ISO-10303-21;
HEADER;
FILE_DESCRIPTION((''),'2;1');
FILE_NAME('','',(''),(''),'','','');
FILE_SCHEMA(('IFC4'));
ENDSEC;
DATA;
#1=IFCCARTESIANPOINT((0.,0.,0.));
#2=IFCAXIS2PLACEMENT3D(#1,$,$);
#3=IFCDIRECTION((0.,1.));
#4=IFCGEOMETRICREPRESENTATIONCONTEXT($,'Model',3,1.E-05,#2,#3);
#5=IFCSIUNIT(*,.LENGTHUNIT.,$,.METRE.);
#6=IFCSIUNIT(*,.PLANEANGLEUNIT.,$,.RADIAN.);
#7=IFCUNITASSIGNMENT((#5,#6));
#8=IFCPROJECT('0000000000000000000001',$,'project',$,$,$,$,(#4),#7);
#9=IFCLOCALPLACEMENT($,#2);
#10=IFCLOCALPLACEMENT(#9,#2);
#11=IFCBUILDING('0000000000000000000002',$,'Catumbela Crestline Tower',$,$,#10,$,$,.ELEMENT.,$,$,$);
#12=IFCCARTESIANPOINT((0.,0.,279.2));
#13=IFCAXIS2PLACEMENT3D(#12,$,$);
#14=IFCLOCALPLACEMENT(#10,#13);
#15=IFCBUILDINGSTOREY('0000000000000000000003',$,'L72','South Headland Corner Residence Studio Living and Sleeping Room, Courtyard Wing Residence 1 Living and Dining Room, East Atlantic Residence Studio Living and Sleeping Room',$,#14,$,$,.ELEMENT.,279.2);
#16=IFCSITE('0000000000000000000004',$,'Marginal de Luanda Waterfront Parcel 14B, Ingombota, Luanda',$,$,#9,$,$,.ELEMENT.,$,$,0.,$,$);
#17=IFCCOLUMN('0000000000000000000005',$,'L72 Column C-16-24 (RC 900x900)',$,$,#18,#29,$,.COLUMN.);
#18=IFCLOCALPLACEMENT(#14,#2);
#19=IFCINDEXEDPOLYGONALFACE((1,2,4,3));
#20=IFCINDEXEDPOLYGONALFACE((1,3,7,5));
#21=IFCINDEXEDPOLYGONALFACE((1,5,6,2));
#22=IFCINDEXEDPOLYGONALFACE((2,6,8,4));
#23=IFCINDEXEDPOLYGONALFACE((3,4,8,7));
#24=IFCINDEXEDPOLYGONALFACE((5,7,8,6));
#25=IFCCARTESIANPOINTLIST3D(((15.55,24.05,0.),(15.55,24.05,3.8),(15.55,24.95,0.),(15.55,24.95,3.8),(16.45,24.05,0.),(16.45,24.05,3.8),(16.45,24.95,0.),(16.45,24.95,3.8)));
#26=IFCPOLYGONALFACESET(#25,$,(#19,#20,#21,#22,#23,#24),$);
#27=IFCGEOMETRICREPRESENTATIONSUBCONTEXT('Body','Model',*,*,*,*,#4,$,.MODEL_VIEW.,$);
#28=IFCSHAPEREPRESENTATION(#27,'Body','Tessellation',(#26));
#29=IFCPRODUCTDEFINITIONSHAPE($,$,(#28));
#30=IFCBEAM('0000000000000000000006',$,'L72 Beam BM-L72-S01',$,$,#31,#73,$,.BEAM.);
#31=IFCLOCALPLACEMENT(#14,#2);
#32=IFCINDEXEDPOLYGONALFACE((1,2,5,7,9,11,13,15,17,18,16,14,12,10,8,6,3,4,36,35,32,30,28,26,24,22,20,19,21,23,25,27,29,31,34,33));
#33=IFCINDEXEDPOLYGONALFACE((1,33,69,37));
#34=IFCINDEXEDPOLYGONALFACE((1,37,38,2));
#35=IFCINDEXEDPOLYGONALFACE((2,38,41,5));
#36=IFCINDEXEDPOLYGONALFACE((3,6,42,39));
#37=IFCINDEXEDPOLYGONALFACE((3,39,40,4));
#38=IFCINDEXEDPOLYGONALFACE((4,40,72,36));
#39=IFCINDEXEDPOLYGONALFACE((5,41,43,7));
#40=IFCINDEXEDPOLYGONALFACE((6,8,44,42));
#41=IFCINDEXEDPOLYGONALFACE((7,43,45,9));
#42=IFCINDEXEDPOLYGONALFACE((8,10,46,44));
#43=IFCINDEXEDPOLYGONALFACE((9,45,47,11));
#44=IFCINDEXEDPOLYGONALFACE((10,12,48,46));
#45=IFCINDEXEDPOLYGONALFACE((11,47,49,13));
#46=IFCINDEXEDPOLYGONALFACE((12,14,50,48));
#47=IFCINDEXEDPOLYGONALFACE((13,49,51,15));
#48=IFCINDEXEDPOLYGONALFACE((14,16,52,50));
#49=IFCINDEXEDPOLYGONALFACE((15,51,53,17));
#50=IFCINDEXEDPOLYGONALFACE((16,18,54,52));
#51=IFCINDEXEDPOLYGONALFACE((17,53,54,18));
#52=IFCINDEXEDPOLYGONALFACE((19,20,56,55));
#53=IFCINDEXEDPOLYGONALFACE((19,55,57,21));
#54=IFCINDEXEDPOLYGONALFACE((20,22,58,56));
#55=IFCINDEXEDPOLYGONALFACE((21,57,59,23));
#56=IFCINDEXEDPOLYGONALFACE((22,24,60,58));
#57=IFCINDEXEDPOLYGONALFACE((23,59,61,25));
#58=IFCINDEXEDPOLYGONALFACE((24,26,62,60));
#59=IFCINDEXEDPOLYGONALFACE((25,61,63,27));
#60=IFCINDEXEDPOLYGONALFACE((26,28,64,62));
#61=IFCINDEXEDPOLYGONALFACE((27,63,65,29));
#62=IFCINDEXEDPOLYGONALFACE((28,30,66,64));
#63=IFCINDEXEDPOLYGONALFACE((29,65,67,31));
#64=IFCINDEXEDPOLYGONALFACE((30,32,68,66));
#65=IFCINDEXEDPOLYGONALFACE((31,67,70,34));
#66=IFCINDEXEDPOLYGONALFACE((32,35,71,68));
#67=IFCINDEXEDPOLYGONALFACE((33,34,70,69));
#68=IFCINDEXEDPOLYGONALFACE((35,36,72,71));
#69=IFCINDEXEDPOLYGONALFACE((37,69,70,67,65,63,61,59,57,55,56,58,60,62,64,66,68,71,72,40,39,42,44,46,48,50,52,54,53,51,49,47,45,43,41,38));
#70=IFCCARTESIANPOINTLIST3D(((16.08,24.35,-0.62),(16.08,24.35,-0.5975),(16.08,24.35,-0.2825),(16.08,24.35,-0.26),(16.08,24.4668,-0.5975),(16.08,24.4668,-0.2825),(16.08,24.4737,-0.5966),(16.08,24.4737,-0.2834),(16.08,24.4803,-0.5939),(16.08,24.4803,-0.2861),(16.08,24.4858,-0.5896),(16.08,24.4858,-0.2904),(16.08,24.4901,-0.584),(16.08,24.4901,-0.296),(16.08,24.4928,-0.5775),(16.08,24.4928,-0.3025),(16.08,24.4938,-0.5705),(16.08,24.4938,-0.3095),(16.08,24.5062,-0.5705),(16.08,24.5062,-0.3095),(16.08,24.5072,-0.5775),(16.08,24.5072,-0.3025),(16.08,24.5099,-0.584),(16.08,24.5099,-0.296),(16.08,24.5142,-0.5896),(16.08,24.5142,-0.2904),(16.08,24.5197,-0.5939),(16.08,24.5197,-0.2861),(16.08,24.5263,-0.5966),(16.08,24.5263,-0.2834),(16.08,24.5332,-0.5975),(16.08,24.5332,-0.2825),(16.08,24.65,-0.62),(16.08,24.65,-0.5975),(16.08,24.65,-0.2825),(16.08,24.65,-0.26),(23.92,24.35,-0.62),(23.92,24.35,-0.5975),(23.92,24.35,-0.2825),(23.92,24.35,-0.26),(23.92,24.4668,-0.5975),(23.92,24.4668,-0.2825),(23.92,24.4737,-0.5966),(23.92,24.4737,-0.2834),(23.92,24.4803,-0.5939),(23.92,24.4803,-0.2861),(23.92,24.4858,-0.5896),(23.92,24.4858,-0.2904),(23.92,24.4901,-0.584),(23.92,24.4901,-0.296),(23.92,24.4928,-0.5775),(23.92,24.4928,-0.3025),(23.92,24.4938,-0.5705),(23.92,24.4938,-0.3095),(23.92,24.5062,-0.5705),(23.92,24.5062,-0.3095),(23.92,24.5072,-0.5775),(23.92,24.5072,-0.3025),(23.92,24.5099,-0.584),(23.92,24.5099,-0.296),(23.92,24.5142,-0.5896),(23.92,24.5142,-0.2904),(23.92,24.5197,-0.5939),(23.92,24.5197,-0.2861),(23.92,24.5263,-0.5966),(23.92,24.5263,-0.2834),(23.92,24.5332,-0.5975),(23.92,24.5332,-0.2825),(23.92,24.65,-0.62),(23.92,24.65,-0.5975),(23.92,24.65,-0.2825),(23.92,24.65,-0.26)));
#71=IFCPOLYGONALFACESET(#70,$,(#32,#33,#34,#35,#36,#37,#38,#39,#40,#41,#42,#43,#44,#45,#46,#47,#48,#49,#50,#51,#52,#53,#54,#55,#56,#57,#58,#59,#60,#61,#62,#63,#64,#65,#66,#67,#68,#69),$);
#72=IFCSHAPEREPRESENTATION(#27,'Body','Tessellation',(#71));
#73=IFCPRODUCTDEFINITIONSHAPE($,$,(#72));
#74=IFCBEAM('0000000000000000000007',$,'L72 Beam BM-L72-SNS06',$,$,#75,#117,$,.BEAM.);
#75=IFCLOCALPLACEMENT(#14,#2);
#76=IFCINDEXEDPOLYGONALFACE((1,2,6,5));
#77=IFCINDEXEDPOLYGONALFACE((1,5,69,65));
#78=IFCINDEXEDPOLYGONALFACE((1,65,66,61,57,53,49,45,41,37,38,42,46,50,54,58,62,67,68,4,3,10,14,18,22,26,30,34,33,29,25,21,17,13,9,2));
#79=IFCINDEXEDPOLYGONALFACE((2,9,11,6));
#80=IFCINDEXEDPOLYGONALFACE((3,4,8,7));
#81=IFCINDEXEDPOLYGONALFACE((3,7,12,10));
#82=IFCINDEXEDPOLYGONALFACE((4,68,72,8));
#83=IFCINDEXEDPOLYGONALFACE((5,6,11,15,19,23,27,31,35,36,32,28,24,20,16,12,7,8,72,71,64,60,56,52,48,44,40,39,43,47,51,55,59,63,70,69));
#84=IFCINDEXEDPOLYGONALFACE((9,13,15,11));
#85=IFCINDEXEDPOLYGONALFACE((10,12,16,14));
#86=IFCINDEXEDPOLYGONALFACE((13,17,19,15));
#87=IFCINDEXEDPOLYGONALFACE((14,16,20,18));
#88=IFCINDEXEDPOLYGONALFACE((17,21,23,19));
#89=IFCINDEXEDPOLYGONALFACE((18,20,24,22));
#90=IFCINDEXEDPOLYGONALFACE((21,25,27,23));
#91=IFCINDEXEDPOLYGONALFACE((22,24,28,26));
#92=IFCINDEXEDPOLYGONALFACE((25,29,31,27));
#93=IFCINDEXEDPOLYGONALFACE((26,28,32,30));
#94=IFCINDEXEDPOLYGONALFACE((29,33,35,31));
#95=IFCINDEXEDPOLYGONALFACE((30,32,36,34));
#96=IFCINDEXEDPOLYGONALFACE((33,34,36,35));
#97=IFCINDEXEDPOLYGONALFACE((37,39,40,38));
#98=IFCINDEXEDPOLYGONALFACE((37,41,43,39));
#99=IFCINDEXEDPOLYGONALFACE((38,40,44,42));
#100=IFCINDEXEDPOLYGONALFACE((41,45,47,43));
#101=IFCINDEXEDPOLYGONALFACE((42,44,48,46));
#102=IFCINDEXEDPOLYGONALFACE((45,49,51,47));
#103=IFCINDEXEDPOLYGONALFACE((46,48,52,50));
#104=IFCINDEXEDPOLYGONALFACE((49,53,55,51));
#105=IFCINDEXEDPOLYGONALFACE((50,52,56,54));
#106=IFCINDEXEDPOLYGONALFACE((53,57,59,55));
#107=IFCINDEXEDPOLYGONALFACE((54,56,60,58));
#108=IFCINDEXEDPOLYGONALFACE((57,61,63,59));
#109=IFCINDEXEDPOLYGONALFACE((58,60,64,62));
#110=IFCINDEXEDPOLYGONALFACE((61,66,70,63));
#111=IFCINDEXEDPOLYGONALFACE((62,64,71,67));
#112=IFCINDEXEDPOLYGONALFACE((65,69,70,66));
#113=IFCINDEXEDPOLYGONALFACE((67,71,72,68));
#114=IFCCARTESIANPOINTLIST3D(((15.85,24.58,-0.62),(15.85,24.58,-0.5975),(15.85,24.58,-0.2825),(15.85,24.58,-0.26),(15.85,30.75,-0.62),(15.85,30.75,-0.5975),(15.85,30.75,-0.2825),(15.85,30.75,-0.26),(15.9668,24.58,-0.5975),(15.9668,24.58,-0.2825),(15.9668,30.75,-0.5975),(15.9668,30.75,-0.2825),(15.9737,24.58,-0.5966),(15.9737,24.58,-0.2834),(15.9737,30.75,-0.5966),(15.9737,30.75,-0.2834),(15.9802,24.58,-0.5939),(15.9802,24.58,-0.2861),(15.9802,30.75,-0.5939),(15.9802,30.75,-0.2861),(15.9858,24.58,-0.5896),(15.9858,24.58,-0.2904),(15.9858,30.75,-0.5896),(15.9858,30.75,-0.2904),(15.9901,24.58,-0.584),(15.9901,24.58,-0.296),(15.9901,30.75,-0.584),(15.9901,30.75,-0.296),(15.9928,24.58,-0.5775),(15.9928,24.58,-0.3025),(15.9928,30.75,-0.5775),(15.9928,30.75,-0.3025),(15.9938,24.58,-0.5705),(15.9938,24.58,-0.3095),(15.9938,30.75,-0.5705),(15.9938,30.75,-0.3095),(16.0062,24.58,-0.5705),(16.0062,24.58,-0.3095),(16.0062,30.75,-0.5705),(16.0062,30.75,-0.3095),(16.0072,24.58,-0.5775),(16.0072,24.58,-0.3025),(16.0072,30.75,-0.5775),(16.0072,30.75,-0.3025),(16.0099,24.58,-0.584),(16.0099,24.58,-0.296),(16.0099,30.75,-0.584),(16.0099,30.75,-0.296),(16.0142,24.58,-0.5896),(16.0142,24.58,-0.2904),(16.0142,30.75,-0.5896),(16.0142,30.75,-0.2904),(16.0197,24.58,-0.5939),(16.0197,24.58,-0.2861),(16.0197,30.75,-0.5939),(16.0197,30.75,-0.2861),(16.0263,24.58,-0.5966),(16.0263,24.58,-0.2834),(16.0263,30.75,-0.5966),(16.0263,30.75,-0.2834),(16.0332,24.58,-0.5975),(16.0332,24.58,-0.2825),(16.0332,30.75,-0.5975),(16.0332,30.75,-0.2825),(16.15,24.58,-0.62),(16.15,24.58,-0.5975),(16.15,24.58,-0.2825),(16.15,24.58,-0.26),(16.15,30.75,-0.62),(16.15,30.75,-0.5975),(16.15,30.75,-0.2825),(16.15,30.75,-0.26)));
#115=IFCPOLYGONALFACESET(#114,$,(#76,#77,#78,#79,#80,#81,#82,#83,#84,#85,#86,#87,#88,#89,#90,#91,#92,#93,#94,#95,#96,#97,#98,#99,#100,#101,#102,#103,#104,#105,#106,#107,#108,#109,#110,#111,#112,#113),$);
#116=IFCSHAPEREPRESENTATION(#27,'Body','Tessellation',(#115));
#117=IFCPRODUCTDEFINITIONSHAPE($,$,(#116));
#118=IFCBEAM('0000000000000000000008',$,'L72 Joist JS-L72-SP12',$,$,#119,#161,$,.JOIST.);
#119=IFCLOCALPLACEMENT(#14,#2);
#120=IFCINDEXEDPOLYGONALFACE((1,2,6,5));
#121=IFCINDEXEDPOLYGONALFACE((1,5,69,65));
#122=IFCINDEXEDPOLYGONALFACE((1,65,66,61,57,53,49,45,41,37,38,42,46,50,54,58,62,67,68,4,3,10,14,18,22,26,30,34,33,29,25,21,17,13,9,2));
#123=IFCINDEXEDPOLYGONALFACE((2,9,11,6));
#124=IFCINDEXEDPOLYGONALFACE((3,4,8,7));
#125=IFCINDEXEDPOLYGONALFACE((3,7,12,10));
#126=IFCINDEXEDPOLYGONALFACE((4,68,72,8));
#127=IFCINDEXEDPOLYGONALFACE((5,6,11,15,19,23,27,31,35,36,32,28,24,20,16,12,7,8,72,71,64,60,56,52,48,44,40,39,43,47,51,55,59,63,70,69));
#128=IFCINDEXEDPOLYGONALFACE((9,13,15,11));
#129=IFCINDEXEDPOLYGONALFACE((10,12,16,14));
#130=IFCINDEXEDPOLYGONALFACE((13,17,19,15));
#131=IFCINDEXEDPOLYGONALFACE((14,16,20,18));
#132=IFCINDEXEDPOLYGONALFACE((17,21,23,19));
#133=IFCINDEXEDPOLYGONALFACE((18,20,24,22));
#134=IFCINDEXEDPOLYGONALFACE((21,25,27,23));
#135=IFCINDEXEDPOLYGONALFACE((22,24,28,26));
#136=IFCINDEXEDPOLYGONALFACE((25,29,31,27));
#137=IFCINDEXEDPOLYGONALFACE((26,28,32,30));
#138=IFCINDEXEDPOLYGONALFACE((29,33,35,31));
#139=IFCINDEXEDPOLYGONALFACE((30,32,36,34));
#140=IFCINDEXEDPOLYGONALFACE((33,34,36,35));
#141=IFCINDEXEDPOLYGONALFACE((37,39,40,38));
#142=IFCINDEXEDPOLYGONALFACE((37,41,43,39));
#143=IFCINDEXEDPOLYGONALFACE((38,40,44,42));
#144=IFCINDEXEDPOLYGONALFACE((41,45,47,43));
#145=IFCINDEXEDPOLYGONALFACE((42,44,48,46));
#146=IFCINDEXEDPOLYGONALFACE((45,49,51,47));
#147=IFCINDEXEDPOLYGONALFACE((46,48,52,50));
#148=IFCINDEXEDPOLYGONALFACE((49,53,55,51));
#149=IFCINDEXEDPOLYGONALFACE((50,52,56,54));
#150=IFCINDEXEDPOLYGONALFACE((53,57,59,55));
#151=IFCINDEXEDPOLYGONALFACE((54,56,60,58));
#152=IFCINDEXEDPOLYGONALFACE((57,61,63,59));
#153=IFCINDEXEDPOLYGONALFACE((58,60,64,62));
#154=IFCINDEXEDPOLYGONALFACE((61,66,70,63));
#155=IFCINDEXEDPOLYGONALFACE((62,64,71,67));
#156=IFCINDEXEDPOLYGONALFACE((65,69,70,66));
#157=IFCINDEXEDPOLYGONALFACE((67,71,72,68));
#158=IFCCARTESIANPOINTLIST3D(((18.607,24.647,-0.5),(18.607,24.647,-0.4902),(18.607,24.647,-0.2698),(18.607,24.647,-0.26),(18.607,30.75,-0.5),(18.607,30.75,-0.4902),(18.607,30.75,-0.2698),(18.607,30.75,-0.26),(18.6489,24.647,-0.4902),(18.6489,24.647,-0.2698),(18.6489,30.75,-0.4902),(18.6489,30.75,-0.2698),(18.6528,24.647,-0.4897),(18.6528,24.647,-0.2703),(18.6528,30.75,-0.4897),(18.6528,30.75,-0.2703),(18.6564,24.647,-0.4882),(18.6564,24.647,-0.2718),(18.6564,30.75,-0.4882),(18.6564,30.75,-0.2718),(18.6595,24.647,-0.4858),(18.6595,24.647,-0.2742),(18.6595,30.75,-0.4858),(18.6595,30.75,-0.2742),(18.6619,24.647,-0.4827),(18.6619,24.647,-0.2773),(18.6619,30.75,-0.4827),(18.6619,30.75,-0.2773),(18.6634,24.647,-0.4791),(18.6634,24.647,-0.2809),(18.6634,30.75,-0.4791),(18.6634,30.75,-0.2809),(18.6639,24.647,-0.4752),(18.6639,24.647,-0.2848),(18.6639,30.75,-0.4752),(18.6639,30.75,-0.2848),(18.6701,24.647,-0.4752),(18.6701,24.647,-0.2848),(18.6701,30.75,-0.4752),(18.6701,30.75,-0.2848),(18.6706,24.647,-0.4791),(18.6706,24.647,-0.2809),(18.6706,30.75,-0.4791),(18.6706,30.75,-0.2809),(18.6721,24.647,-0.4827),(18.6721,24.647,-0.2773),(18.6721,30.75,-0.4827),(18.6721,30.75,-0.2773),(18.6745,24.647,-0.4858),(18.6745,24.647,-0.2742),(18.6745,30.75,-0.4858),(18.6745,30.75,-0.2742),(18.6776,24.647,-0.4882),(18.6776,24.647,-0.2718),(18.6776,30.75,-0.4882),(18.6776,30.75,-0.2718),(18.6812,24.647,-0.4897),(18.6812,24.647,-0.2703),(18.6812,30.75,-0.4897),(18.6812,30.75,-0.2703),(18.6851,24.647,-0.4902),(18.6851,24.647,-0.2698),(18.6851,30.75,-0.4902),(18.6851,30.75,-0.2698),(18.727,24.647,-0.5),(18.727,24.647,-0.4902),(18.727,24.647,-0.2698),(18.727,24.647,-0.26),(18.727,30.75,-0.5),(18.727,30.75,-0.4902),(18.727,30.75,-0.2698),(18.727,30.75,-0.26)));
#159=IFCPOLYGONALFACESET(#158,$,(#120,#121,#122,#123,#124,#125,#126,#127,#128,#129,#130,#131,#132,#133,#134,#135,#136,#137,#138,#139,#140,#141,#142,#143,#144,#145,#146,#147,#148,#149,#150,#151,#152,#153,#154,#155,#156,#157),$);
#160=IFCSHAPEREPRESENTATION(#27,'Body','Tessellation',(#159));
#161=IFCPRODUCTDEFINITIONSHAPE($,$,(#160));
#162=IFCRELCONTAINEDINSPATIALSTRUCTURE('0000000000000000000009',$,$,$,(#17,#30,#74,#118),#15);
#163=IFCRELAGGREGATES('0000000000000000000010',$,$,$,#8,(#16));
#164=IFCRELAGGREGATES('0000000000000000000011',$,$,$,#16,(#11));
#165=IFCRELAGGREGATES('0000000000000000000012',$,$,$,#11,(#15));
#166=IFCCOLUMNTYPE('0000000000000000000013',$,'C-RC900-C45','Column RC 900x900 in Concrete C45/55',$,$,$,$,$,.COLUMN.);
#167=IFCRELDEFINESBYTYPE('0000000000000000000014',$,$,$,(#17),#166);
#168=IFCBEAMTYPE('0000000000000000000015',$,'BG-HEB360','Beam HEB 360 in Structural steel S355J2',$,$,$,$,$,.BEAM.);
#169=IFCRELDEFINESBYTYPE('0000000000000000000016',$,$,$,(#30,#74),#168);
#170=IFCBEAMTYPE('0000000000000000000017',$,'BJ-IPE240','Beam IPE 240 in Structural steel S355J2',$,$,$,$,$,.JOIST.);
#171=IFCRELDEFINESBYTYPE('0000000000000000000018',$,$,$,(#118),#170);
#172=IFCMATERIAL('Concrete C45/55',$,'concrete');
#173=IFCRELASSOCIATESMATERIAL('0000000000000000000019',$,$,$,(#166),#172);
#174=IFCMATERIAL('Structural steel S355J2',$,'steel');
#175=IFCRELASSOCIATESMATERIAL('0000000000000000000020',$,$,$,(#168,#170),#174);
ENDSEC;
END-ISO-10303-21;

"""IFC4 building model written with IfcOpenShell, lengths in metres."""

from ifc_helpers import new_model, si_unit, direction, frame, origin, origin_2d, place, context, subcontext, project, spatial, rectangle, i_section, extrude, material, material_profile, profile_set, type_object, element, save


model = new_model("IFC4")

# Units and contexts
model_context = context("Model", 3, precision=1e-05, world=origin(), true_north=direction((0.0, 1.0)))
body_context = subcontext(model_context, "Body", "Model", "MODEL_VIEW")
ifc_project = project(units=[si_unit("LENGTHUNIT", "METRE"), si_unit("PLANEANGLEUNIT", "RADIAN")], contexts=[model_context])

# Site, building, storey
site_placement = place(None, origin())
site = spatial("IfcSite", under=ifc_project, at=site_placement, Name="Marginal de Luanda Waterfront Parcel 14B, Ingombota, Luanda", CompositionType="ELEMENT", RefElevation=0.0)
building_placement = place(site_placement, origin())
building = spatial("IfcBuilding", under=site, at=building_placement, Name="Catumbela Crestline Tower", CompositionType="ELEMENT")
storey_placement = place(building_placement, frame((0.0, 0.0, 279.2)))
storey = spatial("IfcBuildingStorey", under=building, at=storey_placement, Name="L72", Description="South Headland Corner Residence Studio Living and Sleeping Room, Courtyard Wing Residence 1 Living and Dining Room, East Atlantic Residence Studio Living and Sleeping Room", CompositionType="ELEMENT", Elevation=279.2)

# Column
ifc_material_1 = material(Name="Concrete C45/55", Category="concrete")
ifc_material_profile_1 = material_profile(ifc_material_1, rectangle(XDim=0.9, YDim=0.9, at=origin_2d()), Name="RC 900x900")
ifc_profile_set_1 = profile_set([ifc_material_profile_1], Name="Concrete C45/55")
column_type = type_object("IfcColumnType", Name="C-RC900-C45", Description="Column RC 900x900 in Concrete C45/55", PredefinedType="COLUMN", material=ifc_profile_set_1)
column_placement = place(storey_placement, frame((16.0, 24.5, 0.0), z_axis=(0.0, 0.0, 1.0), x_axis=(1.0, 0.0, 0.0)))
element("IfcColumn", 1, at=column_placement, inside=storey, type_object=column_type, Name="L72 Column C-16-24 (RC 900x900)", PredefinedType="COLUMN", context=body_context, shape_type="SweptSolid", body=[
    extrude(rectangle(XDim=0.9, YDim=0.9, at=origin_2d()), origin(), (0.0, 0.0, 1.0), 3.8),
])

# Beams
ifc_material_2 = material(Name="Structural steel S355J2", Category="steel")
ifc_material_profile_2 = material_profile(ifc_material_2, i_section(OverallWidth=0.3, OverallDepth=0.36, WebThickness=0.0125, FlangeThickness=0.0225, FilletRadius=0.027, at=origin_2d()), Name="HEB 360")
ifc_profile_set_2 = profile_set([ifc_material_profile_2], Name="Structural steel S355J2")
beam_type_1 = type_object("IfcBeamType", Name="BG-HEB360", Description="Beam HEB 360 in Structural steel S355J2", PredefinedType="BEAM", material=ifc_profile_set_2)
beam_1_placement = place(storey_placement, frame((16.08, 24.5, -0.44), z_axis=(1.0, 0.0, 0.0), x_axis=(0.0, 1.0, 0.0)))
element("IfcBeam", 2, at=beam_1_placement, inside=storey, type_object=beam_type_1, Name="L72 Beam BM-L72-S01", PredefinedType="BEAM", context=body_context, shape_type="SweptSolid", body=[
    extrude(i_section(OverallWidth=0.3, OverallDepth=0.36, WebThickness=0.0125, FlangeThickness=0.0225, FilletRadius=0.027, at=origin_2d()), origin(), (0.0, 0.0, 1.0), 7.84),
])
beam_2_placement = place(storey_placement, frame((16.0, 24.58, -0.44), z_axis=(0.0, 1.0, 0.0), x_axis=(-1.0, 0.0, 0.0)))
element("IfcBeam", 3, at=beam_2_placement, inside=storey, type_object=beam_type_1, Name="L72 Beam BM-L72-SNS06", PredefinedType="BEAM", context=body_context, shape_type="SweptSolid", body=[
    extrude(i_section(OverallWidth=0.3, OverallDepth=0.36, WebThickness=0.0125, FlangeThickness=0.0225, FilletRadius=0.027, at=origin_2d()), origin(), (0.0, 0.0, 1.0), 6.17),
])
ifc_material_profile_3 = material_profile(ifc_material_2, i_section(OverallWidth=0.12, OverallDepth=0.24, WebThickness=0.0062, FlangeThickness=0.0098, FilletRadius=0.015, at=origin_2d()), Name="IPE 240")
ifc_profile_set_3 = profile_set([ifc_material_profile_3], Name="Structural steel S355J2")
beam_type_2 = type_object("IfcBeamType", Name="BJ-IPE240", Description="Beam IPE 240 in Structural steel S355J2", PredefinedType="JOIST", material=ifc_profile_set_3)
for number, where, z_axis, x_axis, name in (
    (4, (18.667, 24.647, -0.38), (0.0, 1.0, 0.0), (-1.0, 0.0, 0.0), "L72 Joist JS-L72-SP12"),
):
    element("IfcBeam", number, at=place(storey_placement, frame(where, z_axis=z_axis, x_axis=x_axis)), inside=storey, type_object=beam_type_2, Name=name, PredefinedType="JOIST", context=body_context, shape_type="SweptSolid", body=[
        extrude(i_section(OverallWidth=0.12, OverallDepth=0.24, WebThickness=0.0062, FlangeThickness=0.0098, FilletRadius=0.015, at=origin_2d()), origin(), (0.0, 0.0, 1.0), 6.103),
    ])

save(model, "model.ifc")
